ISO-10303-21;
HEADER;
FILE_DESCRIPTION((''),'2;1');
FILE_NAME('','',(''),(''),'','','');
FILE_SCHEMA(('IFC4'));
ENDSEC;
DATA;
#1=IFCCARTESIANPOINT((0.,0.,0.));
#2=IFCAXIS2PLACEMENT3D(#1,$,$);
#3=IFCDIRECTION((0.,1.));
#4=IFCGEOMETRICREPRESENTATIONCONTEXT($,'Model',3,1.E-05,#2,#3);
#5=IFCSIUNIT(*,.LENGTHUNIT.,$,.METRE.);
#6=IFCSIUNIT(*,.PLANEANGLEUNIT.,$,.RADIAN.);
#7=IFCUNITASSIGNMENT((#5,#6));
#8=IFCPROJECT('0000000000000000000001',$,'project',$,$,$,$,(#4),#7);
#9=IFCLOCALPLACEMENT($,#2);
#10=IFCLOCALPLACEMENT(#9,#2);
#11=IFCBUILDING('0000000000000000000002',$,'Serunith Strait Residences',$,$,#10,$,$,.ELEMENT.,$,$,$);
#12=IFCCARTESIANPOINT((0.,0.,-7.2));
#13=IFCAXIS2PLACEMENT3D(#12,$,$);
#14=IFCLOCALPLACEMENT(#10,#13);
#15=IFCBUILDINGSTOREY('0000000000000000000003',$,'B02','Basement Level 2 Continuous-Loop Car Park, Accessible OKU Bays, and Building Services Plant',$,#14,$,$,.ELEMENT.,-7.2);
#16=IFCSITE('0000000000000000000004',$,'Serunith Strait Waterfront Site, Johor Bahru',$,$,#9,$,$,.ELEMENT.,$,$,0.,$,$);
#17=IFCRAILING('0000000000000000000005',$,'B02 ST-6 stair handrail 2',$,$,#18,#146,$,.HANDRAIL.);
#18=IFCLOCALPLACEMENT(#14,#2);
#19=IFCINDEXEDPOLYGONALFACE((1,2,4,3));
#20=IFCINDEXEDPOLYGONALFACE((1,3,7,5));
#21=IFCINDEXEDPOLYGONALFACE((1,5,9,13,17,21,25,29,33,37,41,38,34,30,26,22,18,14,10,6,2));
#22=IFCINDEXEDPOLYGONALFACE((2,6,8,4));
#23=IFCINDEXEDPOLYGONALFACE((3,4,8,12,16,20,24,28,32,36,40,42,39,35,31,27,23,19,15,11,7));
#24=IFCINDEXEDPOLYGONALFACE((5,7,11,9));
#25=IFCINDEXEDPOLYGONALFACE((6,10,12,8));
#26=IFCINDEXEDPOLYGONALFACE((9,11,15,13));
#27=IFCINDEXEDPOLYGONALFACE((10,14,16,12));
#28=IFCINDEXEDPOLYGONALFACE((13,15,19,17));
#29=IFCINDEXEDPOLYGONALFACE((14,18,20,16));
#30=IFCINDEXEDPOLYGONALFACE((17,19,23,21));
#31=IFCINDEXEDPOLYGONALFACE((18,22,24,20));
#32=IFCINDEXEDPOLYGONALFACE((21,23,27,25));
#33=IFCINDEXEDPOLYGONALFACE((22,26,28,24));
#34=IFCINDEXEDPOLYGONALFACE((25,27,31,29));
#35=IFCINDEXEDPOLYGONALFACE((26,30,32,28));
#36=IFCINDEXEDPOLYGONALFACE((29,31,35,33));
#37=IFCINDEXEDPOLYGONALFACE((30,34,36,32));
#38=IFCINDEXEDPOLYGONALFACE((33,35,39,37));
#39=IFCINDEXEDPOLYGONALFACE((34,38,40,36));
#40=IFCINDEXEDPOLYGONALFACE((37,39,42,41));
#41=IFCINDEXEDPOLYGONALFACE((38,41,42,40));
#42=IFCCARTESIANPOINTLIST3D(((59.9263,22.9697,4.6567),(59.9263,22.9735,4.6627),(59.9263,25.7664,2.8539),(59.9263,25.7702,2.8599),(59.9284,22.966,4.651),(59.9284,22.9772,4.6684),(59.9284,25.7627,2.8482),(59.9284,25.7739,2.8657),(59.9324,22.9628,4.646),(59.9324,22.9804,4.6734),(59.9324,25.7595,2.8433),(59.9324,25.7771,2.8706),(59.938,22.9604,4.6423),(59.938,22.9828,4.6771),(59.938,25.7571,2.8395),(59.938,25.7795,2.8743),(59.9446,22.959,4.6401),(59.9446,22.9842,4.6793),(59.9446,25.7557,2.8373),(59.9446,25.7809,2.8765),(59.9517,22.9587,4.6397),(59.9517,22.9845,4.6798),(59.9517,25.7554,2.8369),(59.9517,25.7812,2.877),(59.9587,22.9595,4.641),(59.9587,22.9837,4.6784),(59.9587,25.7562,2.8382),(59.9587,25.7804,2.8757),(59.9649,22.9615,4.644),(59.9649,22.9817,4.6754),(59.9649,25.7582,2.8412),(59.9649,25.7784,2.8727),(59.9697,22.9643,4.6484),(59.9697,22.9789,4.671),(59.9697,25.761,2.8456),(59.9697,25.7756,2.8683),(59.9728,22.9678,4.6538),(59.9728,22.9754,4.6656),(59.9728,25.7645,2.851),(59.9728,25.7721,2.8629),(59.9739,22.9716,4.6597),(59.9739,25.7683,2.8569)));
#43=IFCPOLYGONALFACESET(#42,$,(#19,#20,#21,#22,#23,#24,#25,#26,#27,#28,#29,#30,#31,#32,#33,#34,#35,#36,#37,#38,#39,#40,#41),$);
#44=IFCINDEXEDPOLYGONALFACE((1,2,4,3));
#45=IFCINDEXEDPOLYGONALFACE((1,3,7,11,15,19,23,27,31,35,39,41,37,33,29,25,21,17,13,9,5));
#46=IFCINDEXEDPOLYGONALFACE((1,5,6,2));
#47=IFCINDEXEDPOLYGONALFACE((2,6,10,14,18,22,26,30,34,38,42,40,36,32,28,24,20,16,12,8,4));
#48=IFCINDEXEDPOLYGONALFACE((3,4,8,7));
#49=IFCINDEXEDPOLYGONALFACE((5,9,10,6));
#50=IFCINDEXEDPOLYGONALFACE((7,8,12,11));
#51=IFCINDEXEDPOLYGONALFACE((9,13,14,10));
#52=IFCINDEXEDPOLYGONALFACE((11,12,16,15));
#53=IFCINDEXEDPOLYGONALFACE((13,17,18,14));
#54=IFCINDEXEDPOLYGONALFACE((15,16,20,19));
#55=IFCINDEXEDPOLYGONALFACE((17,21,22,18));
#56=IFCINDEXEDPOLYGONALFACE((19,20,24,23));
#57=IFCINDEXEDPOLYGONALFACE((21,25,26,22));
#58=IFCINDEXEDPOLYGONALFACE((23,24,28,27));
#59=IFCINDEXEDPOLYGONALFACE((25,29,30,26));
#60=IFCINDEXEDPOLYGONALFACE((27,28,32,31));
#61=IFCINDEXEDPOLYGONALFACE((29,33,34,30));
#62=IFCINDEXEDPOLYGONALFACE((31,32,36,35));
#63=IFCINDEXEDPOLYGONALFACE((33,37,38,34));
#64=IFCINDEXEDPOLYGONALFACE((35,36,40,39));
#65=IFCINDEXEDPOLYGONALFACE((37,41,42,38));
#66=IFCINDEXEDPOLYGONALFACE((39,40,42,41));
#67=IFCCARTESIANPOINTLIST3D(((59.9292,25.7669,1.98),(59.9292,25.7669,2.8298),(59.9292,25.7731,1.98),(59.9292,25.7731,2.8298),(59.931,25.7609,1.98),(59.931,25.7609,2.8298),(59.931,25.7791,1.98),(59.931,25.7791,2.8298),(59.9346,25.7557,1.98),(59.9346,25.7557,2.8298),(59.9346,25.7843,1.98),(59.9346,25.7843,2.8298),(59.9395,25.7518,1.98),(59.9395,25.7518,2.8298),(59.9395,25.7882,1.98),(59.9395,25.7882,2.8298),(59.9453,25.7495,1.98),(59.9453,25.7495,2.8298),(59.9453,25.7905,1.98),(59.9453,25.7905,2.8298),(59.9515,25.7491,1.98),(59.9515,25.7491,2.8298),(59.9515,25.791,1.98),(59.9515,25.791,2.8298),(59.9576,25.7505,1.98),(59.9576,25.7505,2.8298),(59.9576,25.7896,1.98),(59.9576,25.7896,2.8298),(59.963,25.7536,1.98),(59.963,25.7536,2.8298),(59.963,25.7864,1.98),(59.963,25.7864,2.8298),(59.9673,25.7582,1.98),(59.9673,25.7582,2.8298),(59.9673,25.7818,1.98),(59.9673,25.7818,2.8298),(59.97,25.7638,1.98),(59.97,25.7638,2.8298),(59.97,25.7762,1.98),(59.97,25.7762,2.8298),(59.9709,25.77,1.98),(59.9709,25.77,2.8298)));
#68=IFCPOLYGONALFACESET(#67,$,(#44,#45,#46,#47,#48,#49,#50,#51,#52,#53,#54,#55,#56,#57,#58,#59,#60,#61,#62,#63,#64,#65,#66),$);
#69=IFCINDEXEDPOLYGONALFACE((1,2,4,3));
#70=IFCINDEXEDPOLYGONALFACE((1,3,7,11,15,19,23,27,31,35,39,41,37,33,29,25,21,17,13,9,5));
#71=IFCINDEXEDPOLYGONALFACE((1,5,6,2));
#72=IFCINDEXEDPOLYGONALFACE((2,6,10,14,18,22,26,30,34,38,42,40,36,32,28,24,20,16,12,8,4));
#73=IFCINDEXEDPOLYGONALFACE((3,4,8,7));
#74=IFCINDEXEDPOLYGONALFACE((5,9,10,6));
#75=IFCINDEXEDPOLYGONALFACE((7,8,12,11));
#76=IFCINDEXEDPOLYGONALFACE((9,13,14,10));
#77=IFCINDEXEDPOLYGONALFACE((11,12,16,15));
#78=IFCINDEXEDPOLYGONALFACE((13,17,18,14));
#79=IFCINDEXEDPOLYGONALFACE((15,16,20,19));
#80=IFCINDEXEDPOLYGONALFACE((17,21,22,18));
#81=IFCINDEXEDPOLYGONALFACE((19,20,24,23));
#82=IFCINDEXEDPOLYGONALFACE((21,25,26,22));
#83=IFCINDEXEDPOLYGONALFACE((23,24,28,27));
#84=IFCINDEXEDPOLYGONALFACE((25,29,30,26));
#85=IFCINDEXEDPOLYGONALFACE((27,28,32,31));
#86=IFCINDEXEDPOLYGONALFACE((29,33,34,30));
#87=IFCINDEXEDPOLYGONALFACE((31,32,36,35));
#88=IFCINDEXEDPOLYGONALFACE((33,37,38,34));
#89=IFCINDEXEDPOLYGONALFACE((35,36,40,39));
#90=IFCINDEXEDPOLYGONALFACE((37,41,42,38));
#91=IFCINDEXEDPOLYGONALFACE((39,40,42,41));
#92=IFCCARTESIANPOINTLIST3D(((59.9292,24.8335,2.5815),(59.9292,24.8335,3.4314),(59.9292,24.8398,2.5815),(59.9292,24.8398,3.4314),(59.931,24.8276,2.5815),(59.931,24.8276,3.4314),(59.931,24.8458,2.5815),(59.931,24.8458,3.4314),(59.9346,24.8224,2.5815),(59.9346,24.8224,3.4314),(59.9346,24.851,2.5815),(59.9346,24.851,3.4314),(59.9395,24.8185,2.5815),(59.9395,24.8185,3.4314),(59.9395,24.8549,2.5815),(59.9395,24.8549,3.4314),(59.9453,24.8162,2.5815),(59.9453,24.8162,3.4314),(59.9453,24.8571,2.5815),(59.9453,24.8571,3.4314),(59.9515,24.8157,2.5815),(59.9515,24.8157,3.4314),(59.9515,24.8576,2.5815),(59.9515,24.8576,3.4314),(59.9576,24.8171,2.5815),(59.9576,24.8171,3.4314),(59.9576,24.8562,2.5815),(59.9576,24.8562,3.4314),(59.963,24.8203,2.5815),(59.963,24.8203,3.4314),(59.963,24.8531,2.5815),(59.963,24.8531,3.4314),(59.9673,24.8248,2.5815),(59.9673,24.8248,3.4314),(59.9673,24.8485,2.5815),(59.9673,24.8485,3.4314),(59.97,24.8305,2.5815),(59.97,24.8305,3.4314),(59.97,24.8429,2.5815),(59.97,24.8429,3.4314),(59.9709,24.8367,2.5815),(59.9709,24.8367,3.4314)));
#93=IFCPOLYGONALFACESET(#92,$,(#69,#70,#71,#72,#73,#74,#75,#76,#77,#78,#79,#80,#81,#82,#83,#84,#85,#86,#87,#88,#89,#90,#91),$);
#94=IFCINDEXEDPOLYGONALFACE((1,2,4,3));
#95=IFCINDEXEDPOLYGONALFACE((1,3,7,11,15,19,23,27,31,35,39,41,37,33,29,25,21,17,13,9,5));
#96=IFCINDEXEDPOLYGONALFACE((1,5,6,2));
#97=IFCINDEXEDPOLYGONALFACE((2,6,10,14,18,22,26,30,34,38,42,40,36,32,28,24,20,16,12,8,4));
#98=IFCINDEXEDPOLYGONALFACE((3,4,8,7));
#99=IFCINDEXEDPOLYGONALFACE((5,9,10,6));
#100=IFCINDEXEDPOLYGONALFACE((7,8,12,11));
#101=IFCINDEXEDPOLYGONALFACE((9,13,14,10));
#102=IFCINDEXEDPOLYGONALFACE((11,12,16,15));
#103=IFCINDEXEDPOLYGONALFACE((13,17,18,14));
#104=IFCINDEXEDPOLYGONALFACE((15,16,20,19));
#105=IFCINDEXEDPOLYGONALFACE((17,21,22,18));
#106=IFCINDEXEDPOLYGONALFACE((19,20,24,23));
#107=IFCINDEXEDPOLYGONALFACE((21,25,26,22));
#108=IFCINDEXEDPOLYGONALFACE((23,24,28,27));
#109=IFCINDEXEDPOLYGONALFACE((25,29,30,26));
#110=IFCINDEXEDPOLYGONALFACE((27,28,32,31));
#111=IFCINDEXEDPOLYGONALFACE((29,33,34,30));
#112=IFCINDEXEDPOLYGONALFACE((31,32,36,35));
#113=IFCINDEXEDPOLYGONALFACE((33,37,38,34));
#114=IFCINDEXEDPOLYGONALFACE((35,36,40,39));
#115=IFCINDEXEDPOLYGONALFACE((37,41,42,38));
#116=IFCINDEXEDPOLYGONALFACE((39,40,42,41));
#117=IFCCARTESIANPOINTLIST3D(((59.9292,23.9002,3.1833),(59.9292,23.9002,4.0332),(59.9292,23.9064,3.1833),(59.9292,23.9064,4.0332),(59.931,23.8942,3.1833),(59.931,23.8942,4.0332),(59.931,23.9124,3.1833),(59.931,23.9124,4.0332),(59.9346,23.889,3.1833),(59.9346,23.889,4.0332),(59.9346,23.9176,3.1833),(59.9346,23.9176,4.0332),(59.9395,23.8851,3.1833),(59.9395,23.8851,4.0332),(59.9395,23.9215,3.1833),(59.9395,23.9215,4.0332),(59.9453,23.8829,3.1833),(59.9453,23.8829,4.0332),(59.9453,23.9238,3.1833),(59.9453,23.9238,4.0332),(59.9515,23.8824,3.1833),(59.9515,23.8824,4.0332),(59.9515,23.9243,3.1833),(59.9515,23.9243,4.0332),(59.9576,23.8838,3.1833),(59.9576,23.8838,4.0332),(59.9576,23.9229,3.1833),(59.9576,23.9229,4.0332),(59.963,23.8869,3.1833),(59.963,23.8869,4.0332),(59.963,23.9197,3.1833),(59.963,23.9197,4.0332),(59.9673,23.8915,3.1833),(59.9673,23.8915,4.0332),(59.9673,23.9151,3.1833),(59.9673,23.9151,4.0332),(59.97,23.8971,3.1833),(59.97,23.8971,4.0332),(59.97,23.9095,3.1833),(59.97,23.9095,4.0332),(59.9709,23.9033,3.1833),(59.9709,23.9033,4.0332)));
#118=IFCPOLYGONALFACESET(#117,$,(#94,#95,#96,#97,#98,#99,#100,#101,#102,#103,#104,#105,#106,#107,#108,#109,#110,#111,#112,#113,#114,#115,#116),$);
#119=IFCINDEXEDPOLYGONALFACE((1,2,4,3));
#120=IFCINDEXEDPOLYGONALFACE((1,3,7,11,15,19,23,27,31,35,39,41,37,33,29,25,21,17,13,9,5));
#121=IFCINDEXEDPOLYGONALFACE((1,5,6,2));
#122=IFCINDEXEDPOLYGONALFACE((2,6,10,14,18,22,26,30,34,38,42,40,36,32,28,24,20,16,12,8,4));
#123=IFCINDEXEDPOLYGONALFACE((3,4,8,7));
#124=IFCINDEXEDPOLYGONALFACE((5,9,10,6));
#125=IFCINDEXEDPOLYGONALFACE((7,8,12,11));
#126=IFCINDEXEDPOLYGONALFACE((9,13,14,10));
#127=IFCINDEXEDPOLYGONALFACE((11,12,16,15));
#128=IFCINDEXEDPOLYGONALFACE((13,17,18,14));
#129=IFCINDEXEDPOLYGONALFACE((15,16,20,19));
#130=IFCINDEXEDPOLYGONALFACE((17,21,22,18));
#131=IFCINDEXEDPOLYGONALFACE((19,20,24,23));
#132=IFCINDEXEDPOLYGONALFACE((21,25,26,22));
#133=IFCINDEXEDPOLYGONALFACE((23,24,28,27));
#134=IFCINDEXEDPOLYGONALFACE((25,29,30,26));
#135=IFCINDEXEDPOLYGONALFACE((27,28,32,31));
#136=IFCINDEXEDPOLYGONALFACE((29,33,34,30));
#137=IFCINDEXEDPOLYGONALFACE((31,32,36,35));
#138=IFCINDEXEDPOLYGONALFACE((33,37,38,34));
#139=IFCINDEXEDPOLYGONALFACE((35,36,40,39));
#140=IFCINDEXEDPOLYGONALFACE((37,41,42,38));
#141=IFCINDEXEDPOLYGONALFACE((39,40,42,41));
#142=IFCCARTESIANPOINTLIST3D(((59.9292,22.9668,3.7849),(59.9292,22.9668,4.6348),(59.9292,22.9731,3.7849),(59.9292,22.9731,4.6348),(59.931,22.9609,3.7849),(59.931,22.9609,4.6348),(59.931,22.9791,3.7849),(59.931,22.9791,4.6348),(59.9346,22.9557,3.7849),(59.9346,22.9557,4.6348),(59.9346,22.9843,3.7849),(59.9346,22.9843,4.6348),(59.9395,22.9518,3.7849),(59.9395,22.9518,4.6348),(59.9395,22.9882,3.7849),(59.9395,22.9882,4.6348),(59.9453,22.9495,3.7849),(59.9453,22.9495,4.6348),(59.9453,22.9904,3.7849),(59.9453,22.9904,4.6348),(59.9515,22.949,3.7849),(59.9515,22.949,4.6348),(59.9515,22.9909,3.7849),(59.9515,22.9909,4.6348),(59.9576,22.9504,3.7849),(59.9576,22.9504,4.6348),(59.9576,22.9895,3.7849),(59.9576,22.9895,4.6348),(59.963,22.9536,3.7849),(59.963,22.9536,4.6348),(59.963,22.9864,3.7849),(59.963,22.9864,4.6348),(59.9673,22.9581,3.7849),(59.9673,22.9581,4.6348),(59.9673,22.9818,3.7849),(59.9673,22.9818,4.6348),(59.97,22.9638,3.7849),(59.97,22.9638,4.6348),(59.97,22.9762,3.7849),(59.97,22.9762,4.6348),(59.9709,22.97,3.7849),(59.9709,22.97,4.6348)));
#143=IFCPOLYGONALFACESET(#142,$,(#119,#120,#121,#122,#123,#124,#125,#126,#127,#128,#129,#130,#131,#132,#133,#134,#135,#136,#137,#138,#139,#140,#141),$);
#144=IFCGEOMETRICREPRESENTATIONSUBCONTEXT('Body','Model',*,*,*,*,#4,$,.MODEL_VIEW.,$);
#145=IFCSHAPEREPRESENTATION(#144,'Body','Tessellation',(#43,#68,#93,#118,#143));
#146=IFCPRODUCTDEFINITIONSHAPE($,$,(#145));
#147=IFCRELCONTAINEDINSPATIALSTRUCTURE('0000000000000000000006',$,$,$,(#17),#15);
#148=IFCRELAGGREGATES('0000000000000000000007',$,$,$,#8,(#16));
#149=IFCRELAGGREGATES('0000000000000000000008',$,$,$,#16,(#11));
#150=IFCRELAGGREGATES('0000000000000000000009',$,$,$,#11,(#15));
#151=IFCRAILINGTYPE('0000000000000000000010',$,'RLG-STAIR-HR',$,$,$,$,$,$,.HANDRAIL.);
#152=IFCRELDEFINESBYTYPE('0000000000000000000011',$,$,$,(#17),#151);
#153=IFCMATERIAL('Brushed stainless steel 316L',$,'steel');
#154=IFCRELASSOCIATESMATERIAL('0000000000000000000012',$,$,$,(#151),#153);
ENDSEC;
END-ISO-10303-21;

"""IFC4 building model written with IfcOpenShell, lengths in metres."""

from ifc_helpers import new_model, si_unit, direction, frame, origin, origin_2d, place, context, subcontext, project, spatial, circle, extrude, material, type_object, element, save


model = new_model("IFC4")

# Units and contexts
model_context = context("Model", 3, precision=1e-05, world=origin(), true_north=direction((0.0, 1.0)))
body_context = subcontext(model_context, "Body", "Model", "MODEL_VIEW")
ifc_project = project(units=[si_unit("LENGTHUNIT", "METRE"), si_unit("PLANEANGLEUNIT", "RADIAN")], contexts=[model_context])

# Site, building, storey
site_placement = place(None, origin())
site = spatial("IfcSite", under=ifc_project, at=site_placement, Name="Serunith Strait Waterfront Site, Johor Bahru", CompositionType="ELEMENT", RefElevation=0.0)
building_placement = place(site_placement, origin())
building = spatial("IfcBuilding", under=site, at=building_placement, Name="Serunith Strait Residences", CompositionType="ELEMENT")
storey_placement = place(building_placement, frame((0.0, 0.0, -7.2)))
storey = spatial("IfcBuildingStorey", under=building, at=storey_placement, Name="B02", Description="Basement Level 2 Continuous-Loop Car Park, Accessible OKU Bays, and Building Services Plant", CompositionType="ELEMENT", Elevation=-7.2)

# Railing
ifc_material_1 = material(Name="Brushed stainless steel 316L", Category="steel")
railing_type_1 = type_object("IfcRailingType", Name="RLG-STAIR-HR", PredefinedType="HANDRAIL", material=ifc_material_1)
railing_1_placement = place(storey_placement, frame((59.95, 25.77, 1.98)))
element("IfcRailing", 1, at=railing_1_placement, inside=storey, type_object=railing_type_1, Name="B02 ST-6 stair handrail 2", PredefinedType="HANDRAIL", context=body_context, shape_type="SweptSolid", body=[
    extrude(circle(Radius=0.0239, at=origin_2d()), frame((0.0, -0.0017, 0.877), z_axis=(0.0, -0.840509, 0.541798), x_axis=(1.0, 0.0, 0.0)), (0.0, 0.0, 1.0), 3.3274),
    extrude(circle(Radius=0.021, at=origin_2d()), origin(), (0.0, 0.0, 1.0), 0.8499),
    extrude(circle(Radius=0.021, at=origin_2d()), frame((0.0, -0.9333, 0.6016)), (0.0, 0.0, 1.0), 0.8499),
    extrude(circle(Radius=0.021, at=origin_2d()), frame((0.0, -1.8667, 1.2034)), (0.0, 0.0, 1.0), 0.8499),
    extrude(circle(Radius=0.021, at=origin_2d()), frame((0.0, -2.8, 1.8049)), (0.0, 0.0, 1.0), 0.8499),
])

save(model, "model.ifc")
